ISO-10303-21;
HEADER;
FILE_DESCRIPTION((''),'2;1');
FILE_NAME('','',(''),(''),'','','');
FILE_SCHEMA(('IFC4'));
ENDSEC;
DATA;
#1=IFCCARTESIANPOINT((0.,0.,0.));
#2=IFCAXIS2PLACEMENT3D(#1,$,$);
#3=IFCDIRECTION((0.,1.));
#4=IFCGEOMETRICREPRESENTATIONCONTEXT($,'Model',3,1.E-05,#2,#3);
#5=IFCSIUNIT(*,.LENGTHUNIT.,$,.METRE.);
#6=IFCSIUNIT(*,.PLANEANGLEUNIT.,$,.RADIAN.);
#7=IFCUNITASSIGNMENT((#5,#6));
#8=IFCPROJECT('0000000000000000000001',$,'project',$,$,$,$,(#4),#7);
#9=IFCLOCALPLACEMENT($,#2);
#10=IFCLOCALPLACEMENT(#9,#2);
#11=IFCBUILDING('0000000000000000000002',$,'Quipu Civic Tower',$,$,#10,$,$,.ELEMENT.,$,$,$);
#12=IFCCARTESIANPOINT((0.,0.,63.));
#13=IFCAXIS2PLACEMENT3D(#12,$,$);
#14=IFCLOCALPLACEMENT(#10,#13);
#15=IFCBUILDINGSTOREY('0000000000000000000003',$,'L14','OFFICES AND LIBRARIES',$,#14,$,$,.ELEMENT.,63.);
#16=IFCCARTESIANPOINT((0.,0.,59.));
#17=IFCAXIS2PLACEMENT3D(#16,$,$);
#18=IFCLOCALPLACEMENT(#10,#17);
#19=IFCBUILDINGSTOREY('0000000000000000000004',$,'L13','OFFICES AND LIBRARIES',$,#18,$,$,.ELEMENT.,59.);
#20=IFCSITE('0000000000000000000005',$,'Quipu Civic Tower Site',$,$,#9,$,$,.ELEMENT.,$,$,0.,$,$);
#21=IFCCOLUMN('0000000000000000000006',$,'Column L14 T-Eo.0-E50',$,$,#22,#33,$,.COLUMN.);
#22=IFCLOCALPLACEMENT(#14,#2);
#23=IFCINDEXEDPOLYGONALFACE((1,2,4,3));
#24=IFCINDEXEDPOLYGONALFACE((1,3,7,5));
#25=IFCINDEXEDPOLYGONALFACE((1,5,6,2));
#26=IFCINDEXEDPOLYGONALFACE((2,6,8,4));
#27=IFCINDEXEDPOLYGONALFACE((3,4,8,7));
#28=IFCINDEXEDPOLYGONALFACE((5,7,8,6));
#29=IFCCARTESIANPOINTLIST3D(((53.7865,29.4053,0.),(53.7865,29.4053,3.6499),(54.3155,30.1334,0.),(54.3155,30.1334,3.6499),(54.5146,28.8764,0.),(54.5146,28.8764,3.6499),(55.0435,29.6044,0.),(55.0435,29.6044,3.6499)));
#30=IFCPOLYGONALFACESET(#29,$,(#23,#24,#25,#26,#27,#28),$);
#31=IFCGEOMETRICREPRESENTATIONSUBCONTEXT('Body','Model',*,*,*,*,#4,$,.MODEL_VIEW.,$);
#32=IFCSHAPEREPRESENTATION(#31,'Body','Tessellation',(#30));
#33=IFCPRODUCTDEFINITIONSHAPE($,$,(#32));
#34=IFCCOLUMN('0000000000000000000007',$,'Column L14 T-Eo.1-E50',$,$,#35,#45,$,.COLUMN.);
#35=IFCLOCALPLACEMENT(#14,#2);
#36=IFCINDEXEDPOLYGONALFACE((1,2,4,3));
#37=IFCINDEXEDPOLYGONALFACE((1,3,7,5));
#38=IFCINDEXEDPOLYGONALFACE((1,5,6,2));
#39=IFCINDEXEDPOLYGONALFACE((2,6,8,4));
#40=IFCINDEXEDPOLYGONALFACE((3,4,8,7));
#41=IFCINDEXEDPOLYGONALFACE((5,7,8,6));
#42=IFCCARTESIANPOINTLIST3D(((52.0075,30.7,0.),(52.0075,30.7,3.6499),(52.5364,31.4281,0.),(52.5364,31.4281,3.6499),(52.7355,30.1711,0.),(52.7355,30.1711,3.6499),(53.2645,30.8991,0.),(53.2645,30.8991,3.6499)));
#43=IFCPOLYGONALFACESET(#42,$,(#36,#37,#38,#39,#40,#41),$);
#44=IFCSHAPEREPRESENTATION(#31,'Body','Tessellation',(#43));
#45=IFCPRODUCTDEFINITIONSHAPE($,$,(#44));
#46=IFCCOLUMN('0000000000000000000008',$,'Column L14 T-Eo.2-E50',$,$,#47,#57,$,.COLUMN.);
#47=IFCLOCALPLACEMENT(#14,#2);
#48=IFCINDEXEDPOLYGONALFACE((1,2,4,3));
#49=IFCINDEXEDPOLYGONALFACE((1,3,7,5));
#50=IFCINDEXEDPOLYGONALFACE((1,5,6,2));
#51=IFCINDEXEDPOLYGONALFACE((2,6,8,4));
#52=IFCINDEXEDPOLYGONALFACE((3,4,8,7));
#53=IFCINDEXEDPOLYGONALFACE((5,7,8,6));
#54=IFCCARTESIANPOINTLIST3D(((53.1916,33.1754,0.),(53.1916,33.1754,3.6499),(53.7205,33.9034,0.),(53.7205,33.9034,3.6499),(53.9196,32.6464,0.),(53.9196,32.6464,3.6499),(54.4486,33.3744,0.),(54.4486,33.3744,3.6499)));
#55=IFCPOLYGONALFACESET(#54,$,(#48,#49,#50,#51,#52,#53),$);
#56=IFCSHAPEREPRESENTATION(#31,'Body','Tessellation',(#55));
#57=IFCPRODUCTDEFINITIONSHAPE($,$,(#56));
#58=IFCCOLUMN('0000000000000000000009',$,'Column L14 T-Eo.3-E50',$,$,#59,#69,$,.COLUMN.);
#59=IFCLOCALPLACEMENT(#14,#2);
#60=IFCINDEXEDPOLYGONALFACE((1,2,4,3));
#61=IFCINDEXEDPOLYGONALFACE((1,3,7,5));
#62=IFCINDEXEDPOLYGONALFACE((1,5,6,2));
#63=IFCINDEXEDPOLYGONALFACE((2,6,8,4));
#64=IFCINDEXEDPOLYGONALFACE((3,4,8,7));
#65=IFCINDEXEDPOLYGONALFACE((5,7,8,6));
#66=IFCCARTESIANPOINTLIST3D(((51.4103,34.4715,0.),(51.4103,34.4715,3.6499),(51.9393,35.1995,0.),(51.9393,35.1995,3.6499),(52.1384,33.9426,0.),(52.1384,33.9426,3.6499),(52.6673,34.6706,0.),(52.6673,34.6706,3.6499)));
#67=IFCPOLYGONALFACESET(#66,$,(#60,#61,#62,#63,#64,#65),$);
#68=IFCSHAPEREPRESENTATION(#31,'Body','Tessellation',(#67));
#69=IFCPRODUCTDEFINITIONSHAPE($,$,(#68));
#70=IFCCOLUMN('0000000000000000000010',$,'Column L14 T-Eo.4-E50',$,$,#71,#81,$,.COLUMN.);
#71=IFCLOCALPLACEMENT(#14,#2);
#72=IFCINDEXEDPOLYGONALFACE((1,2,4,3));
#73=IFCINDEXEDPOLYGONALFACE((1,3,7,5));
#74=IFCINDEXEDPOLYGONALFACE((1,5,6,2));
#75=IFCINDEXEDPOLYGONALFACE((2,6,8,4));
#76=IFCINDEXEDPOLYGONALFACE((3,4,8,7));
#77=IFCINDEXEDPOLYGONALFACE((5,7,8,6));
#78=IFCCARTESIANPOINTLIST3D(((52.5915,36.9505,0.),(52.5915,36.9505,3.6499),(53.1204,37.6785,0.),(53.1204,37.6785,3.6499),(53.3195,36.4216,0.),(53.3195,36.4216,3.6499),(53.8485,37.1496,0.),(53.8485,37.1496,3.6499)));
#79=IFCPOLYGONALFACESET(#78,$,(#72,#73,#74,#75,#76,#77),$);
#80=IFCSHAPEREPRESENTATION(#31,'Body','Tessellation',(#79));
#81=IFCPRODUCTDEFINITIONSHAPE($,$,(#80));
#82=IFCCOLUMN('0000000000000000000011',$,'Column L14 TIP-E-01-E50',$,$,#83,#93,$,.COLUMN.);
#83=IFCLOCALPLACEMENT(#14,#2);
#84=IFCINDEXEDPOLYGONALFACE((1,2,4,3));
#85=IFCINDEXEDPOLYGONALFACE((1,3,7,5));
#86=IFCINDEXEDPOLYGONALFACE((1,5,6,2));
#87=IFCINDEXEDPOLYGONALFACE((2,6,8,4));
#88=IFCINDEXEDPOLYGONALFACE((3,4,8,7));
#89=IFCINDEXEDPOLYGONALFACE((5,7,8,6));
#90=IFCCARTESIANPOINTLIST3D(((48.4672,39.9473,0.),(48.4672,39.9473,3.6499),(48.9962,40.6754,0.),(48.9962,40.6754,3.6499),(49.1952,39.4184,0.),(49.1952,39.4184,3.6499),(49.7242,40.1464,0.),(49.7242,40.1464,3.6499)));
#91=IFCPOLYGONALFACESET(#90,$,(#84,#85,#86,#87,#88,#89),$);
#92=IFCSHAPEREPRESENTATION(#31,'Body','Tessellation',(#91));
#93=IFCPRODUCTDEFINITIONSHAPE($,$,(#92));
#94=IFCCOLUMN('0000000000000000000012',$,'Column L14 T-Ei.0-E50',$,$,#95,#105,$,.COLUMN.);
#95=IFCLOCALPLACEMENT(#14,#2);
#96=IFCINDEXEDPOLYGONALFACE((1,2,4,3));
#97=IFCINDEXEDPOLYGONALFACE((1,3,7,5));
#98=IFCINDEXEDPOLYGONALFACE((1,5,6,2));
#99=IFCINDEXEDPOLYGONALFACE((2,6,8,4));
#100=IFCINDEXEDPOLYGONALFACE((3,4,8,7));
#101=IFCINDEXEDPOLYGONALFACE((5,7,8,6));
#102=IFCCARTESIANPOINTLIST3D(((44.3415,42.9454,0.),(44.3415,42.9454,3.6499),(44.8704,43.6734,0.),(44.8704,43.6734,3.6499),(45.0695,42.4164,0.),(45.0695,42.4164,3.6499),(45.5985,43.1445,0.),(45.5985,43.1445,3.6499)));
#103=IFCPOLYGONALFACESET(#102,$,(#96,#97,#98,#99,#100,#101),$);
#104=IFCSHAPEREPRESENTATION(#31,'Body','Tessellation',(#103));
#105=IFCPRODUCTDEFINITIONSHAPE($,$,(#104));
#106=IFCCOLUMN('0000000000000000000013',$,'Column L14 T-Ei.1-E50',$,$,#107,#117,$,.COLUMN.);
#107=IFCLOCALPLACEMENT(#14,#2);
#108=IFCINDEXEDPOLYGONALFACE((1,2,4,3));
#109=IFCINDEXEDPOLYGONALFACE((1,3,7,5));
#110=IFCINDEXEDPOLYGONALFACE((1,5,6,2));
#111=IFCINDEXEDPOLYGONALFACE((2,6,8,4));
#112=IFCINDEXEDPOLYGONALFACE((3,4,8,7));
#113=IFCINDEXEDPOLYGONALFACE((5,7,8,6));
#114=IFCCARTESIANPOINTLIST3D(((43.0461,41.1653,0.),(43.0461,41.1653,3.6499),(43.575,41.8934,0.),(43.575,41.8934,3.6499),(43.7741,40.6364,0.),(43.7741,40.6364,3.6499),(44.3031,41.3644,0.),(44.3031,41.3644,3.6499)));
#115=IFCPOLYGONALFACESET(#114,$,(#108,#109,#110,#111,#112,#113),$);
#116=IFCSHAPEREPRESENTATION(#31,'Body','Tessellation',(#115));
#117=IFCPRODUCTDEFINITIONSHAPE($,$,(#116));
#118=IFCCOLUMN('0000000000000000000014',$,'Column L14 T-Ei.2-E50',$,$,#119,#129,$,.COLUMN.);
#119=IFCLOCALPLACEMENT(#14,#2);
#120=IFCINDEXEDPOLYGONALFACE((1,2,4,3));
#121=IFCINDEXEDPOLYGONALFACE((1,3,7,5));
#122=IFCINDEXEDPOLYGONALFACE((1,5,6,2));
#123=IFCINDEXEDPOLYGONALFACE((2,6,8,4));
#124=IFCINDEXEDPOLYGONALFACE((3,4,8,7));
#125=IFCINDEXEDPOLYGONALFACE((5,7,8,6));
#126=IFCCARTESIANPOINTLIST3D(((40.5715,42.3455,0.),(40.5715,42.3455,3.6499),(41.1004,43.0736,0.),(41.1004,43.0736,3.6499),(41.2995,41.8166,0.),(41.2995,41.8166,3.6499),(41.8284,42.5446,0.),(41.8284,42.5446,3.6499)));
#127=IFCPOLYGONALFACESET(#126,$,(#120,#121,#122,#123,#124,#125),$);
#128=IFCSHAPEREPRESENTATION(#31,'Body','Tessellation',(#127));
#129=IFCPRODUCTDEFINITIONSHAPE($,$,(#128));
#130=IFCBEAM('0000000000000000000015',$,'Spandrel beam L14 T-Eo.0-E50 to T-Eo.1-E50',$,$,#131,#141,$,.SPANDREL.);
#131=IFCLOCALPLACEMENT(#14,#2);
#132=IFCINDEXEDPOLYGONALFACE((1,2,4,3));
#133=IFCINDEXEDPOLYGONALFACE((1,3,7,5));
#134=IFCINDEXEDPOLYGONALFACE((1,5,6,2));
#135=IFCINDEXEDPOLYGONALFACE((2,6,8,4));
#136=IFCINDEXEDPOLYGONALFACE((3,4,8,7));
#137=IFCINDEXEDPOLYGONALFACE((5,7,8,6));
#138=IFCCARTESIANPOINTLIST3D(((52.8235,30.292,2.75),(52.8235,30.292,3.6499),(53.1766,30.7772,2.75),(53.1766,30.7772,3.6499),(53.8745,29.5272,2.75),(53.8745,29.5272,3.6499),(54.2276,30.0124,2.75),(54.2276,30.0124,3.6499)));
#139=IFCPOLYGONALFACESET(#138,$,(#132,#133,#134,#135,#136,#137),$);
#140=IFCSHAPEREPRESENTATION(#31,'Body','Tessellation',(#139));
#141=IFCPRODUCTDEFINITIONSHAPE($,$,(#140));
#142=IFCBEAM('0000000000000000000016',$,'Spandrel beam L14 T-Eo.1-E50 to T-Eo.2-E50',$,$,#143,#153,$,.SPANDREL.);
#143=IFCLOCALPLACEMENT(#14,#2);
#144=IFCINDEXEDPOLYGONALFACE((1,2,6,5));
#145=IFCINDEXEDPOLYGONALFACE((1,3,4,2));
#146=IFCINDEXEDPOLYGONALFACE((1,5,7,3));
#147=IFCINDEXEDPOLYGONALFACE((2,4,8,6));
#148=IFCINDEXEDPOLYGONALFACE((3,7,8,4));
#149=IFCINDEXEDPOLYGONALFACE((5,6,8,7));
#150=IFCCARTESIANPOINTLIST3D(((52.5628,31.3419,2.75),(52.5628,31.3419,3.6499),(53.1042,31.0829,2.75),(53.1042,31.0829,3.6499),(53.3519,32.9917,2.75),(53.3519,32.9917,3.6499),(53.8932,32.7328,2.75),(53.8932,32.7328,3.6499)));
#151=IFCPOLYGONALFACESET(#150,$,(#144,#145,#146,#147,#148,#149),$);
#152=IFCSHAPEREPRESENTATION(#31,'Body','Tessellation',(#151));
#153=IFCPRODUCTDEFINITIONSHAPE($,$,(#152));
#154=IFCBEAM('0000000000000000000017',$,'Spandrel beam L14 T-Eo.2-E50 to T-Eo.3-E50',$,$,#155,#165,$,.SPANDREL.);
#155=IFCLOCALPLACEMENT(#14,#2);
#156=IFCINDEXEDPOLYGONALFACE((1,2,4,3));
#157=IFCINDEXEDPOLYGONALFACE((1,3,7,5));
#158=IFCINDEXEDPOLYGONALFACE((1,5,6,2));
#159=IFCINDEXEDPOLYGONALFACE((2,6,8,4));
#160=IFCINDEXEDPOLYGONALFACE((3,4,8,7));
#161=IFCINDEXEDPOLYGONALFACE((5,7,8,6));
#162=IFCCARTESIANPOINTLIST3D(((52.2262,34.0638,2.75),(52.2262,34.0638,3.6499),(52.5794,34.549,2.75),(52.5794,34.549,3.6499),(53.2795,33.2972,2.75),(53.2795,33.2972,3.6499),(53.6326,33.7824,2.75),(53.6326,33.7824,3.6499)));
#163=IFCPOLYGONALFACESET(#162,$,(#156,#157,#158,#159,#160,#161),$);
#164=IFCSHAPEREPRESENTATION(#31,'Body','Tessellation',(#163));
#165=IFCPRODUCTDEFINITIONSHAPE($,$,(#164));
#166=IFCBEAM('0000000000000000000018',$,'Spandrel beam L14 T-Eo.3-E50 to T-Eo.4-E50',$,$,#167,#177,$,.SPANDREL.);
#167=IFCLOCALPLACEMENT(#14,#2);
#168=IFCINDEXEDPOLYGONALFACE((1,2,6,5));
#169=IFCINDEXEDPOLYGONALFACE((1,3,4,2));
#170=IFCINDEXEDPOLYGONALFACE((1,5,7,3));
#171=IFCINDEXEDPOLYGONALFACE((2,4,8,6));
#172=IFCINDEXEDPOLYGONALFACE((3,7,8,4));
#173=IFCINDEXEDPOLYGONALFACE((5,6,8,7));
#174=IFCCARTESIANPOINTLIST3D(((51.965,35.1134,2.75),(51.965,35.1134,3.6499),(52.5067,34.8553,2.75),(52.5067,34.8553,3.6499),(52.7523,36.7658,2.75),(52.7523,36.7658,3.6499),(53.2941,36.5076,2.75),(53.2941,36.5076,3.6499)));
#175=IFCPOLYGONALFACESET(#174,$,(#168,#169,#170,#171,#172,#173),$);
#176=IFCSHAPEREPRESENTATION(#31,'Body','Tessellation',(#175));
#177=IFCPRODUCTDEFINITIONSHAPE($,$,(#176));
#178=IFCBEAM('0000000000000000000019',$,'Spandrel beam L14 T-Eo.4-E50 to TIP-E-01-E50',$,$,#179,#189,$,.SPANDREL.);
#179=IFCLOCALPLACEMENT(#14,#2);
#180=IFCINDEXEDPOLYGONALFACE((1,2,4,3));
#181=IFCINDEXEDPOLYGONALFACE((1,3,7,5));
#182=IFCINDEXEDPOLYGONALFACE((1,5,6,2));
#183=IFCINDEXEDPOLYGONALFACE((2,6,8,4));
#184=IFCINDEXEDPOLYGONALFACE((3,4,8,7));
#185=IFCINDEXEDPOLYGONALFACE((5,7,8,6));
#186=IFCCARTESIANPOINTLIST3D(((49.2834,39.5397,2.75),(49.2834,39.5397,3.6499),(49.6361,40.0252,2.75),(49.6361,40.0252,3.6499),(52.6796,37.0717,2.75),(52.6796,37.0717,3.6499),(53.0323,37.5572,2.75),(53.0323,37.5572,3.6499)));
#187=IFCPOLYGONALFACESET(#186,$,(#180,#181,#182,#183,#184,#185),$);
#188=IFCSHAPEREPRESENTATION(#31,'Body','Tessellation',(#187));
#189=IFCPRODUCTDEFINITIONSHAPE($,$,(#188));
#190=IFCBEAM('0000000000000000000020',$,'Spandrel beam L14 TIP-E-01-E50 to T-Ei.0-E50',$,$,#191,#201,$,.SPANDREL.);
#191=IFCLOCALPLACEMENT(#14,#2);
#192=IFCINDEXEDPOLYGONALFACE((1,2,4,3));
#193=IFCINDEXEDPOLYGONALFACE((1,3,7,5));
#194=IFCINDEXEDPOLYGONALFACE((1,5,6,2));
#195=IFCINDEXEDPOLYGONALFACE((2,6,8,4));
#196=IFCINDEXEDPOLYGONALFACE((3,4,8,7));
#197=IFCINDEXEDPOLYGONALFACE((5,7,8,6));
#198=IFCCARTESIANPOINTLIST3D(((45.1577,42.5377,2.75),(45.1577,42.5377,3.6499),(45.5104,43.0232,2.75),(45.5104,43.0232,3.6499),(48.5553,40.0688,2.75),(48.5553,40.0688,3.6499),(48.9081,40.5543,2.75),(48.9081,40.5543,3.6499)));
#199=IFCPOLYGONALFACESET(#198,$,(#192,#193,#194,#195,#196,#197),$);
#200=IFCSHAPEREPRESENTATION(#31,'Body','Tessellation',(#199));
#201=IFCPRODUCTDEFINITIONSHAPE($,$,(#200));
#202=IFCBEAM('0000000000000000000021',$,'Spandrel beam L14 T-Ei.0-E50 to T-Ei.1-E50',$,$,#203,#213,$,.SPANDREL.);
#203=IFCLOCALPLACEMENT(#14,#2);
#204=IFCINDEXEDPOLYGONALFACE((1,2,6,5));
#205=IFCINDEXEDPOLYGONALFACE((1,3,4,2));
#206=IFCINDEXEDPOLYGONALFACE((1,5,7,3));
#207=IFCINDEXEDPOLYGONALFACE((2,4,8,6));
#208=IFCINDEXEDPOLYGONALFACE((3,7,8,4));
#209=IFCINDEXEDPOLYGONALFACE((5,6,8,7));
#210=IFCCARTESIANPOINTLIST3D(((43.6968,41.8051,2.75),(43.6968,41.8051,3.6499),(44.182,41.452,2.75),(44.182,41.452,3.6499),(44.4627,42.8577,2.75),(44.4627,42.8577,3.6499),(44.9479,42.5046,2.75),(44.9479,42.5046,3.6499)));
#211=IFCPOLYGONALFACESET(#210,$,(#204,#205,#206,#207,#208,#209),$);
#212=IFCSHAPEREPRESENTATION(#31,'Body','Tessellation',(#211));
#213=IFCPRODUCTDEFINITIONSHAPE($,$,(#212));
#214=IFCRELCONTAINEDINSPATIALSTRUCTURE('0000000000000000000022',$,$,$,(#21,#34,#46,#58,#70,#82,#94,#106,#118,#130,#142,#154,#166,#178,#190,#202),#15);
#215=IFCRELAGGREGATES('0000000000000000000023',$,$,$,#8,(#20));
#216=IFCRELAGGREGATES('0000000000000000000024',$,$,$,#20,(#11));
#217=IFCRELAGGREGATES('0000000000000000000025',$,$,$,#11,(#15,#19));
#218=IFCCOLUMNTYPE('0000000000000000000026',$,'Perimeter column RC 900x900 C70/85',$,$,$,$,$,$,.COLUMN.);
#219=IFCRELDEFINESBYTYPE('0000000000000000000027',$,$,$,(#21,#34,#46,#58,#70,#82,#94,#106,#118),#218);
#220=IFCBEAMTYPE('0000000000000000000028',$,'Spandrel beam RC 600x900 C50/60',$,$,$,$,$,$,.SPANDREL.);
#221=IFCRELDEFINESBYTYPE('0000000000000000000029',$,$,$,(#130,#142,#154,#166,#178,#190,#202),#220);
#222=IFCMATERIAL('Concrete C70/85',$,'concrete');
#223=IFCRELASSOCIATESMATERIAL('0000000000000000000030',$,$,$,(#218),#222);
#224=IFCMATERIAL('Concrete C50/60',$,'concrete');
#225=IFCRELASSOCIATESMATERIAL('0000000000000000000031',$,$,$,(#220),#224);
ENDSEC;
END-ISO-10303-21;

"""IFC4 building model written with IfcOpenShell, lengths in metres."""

from ifc_helpers import new_model, si_unit, direction, frame, origin, origin_2d, place, context, subcontext, project, spatial, rectangle, extrude, material, material_profile, profile_set, type_object, element, save


model = new_model("IFC4")

# Units and contexts
model_context = context("Model", 3, precision=1e-05, world=origin(), true_north=direction((0.0, 1.0)))
body_context = subcontext(model_context, "Body", "Model", "MODEL_VIEW")
ifc_project = project(units=[si_unit("LENGTHUNIT", "METRE"), si_unit("PLANEANGLEUNIT", "RADIAN")], contexts=[model_context])

# Site, building, storey
site_placement = place(None, origin())
site = spatial("IfcSite", under=ifc_project, at=site_placement, Name="Quipu Civic Tower Site", CompositionType="ELEMENT", RefElevation=0.0)
building_placement = place(site_placement, origin())
building = spatial("IfcBuilding", under=site, at=building_placement, Name="Quipu Civic Tower", CompositionType="ELEMENT")
storey_1_placement = place(building_placement, frame((0.0, 0.0, 63.0)))
storey_1 = spatial("IfcBuildingStorey", under=building, at=storey_1_placement, Name="L14", Description="OFFICES AND LIBRARIES", CompositionType="ELEMENT", Elevation=63.0)

# Columns
ifc_material_1 = material(Name="Concrete C70/85", Category="concrete")
ifc_material_profile_1 = material_profile(ifc_material_1, rectangle(XDim=0.8999, YDim=0.8999, at=origin_2d()), Name="RC900x900")
ifc_profile_set_1 = profile_set([ifc_material_profile_1], Name="Concrete C70/85")
column_type = type_object("IfcColumnType", Name="Perimeter column RC 900x900 C70/85", PredefinedType="COLUMN", material=ifc_profile_set_1)
for number, where, z_axis, x_axis, name in (
    (1, (54.415, 29.5049, 0.0), (0.0, 0.0, 1.0), (0.587785, 0.809017, 0.0), "Column L14 T-Eo.0-E50"),
    (2, (52.636, 30.7996, 0.0), (0.0, 0.0, 1.0), (-0.809017, 0.587785, 0.0), "Column L14 T-Eo.1-E50"),
    (3, (53.8201, 33.2749, 0.0), (0.0, 0.0, 1.0), (-0.809017, 0.587785, 0.0), "Column L14 T-Eo.2-E50"),
    (4, (52.0388, 34.571, 0.0), (0.0, 0.0, 1.0), (0.587785, 0.809017, 0.0), "Column L14 T-Eo.3-E50"),
    (5, (53.22, 37.05, 0.0), (0.0, 0.0, 1.0), (-0.809017, 0.587785, 0.0), "Column L14 T-Eo.4-E50"),
    (6, (49.0957, 40.0469, 0.0), (0.0, 0.0, 1.0), (-0.809017, 0.587785, 0.0), "Column L14 TIP-E-01-E50"),
    (7, (44.97, 43.0449, 0.0), (0.0, 0.0, 1.0), (-0.809017, 0.587785, 0.0), "Column L14 T-Ei.0-E50"),
    (8, (43.6746, 41.2649, 0.0), (0.0, 0.0, 1.0), (-0.809017, 0.587785, 0.0), "Column L14 T-Ei.1-E50"),
    (9, (41.2, 42.4451, 0.0), (0.0, 0.0, 1.0), (-0.587785, -0.809017, 0.0), "Column L14 T-Ei.2-E50"),
):
    element("IfcColumn", number, at=place(storey_1_placement, frame(where, z_axis=z_axis, x_axis=x_axis)), inside=storey_1, type_object=column_type, Name=name, PredefinedType="COLUMN", context=body_context, shape_type="SweptSolid", body=[
        extrude(rectangle(XDim=0.8999, YDim=0.8999, at=origin_2d()), origin(), (0.0, 0.0, 1.0), 3.6499),
    ])

# Beams
ifc_material_2 = material(Name="Concrete C50/60", Category="concrete")
ifc_material_profile_2 = material_profile(ifc_material_2, rectangle(XDim=0.6001, YDim=0.8999, at=origin_2d()), Name="RC600x900")
ifc_profile_set_2 = profile_set([ifc_material_profile_2], Name="Concrete C50/60")
beam_type = type_object("IfcBeamType", Name="Spandrel beam RC 600x900 C50/60", PredefinedType="SPANDREL", material=ifc_profile_set_2)
beam_1_placement = place(storey_1_placement, frame((54.051, 29.7698, 3.2), z_axis=(-0.808549, 0.588429, 0.0), x_axis=(-0.588429, -0.808549, 0.0)))
element("IfcBeam", 10, at=beam_1_placement, inside=storey_1, type_object=beam_type, Name="Spandrel beam L14 T-Eo.0-E50 to T-Eo.1-E50", PredefinedType="SPANDREL", context=body_context, shape_type="SweptSolid", body=[
    extrude(rectangle(XDim=0.6001, YDim=0.8999, at=origin_2d()), origin(), (0.0, 0.0, 1.0), 1.2998),
])
beam_2_placement = place(storey_1_placement, frame((52.8335, 31.2124, 3.2), z_axis=(0.431446, 0.902139, 0.0), x_axis=(-0.902139, 0.431446, 0.0)))
element("IfcBeam", 11, at=beam_2_placement, inside=storey_1, type_object=beam_type, Name="Spandrel beam L14 T-Eo.1-E50 to T-Eo.2-E50", PredefinedType="SPANDREL", context=body_context, shape_type="SweptSolid", body=[
    extrude(rectangle(XDim=0.6001, YDim=0.8999, at=origin_2d()), origin(), (0.0, 0.0, 1.0), 1.8289),
])
beam_3_placement = place(storey_1_placement, frame((53.4561, 33.5398, 3.2), z_axis=(-0.808509, 0.588484, 0.0), x_axis=(-0.588484, -0.808509, 0.0)))
element("IfcBeam", 12, at=beam_3_placement, inside=storey_1, type_object=beam_type, Name="Spandrel beam L14 T-Eo.2-E50 to T-Eo.3-E50", PredefinedType="SPANDREL", context=body_context, shape_type="SweptSolid", body=[
    extrude(rectangle(XDim=0.6001, YDim=0.8999, at=origin_2d()), origin(), (0.0, 0.0, 1.0), 1.3027),
])
beam_4_placement = place(storey_1_placement, frame((52.2358, 34.9844, 3.2), z_axis=(0.430167, 0.90275, 0.0), x_axis=(-0.90275, 0.430167, 0.0)))
element("IfcBeam", 13, at=beam_4_placement, inside=storey_1, type_object=beam_type, Name="Spandrel beam L14 T-Eo.3-E50 to T-Eo.4-E50", PredefinedType="SPANDREL", context=body_context, shape_type="SweptSolid", body=[
    extrude(rectangle(XDim=0.6001, YDim=0.8999, at=origin_2d()), origin(), (0.0, 0.0, 1.0), 1.8303),
])
beam_5_placement = place(storey_1_placement, frame((52.856, 37.3145, 3.2), z_axis=(-0.80896, 0.587864, 0.0), x_axis=(-0.587864, -0.80896, 0.0)))
element("IfcBeam", 14, at=beam_5_placement, inside=storey_1, type_object=beam_type, Name="Spandrel beam L14 T-Eo.4-E50 to TIP-E-01-E50", PredefinedType="SPANDREL", context=body_context, shape_type="SweptSolid", body=[
    extrude(rectangle(XDim=0.6001, YDim=0.8999, at=origin_2d()), origin(), (0.0, 0.0, 1.0), 4.1982),
])
beam_6_placement = place(storey_1_placement, frame((48.7317, 40.3115, 3.2), z_axis=(-0.80897, 0.58785, 0.0), x_axis=(-0.58785, -0.80897, 0.0)))
element("IfcBeam", 15, at=beam_6_placement, inside=storey_1, type_object=beam_type, Name="Spandrel beam L14 TIP-E-01-E50 to T-Ei.0-E50", PredefinedType="SPANDREL", context=body_context, shape_type="SweptSolid", body=[
    extrude(rectangle(XDim=0.6001, YDim=0.8999, at=origin_2d()), origin(), (0.0, 0.0, 1.0), 4.2),
])
beam_7_placement = place(storey_1_placement, frame((44.7053, 42.6812, 3.2), z_axis=(-0.588384, -0.808582, 0.0), x_axis=(0.808582, -0.588384, 0.0)))
element("IfcBeam", 16, at=beam_7_placement, inside=storey_1, type_object=beam_type, Name="Spandrel beam L14 T-Ei.0-E50 to T-Ei.1-E50", PredefinedType="SPANDREL", context=body_context, shape_type="SweptSolid", body=[
    extrude(rectangle(XDim=0.6001, YDim=0.8999, at=origin_2d()), origin(), (0.0, 0.0, 1.0), 1.3018),
])

# Shared definitions
storey_2_placement = place(building_placement, frame((0.0, 0.0, 59.0)))
storey_2 = spatial("IfcBuildingStorey", under=building, at=storey_2_placement, Name="L13", Description="OFFICES AND LIBRARIES", CompositionType="ELEMENT", Elevation=59.0)

save(model, "model.ifc")
